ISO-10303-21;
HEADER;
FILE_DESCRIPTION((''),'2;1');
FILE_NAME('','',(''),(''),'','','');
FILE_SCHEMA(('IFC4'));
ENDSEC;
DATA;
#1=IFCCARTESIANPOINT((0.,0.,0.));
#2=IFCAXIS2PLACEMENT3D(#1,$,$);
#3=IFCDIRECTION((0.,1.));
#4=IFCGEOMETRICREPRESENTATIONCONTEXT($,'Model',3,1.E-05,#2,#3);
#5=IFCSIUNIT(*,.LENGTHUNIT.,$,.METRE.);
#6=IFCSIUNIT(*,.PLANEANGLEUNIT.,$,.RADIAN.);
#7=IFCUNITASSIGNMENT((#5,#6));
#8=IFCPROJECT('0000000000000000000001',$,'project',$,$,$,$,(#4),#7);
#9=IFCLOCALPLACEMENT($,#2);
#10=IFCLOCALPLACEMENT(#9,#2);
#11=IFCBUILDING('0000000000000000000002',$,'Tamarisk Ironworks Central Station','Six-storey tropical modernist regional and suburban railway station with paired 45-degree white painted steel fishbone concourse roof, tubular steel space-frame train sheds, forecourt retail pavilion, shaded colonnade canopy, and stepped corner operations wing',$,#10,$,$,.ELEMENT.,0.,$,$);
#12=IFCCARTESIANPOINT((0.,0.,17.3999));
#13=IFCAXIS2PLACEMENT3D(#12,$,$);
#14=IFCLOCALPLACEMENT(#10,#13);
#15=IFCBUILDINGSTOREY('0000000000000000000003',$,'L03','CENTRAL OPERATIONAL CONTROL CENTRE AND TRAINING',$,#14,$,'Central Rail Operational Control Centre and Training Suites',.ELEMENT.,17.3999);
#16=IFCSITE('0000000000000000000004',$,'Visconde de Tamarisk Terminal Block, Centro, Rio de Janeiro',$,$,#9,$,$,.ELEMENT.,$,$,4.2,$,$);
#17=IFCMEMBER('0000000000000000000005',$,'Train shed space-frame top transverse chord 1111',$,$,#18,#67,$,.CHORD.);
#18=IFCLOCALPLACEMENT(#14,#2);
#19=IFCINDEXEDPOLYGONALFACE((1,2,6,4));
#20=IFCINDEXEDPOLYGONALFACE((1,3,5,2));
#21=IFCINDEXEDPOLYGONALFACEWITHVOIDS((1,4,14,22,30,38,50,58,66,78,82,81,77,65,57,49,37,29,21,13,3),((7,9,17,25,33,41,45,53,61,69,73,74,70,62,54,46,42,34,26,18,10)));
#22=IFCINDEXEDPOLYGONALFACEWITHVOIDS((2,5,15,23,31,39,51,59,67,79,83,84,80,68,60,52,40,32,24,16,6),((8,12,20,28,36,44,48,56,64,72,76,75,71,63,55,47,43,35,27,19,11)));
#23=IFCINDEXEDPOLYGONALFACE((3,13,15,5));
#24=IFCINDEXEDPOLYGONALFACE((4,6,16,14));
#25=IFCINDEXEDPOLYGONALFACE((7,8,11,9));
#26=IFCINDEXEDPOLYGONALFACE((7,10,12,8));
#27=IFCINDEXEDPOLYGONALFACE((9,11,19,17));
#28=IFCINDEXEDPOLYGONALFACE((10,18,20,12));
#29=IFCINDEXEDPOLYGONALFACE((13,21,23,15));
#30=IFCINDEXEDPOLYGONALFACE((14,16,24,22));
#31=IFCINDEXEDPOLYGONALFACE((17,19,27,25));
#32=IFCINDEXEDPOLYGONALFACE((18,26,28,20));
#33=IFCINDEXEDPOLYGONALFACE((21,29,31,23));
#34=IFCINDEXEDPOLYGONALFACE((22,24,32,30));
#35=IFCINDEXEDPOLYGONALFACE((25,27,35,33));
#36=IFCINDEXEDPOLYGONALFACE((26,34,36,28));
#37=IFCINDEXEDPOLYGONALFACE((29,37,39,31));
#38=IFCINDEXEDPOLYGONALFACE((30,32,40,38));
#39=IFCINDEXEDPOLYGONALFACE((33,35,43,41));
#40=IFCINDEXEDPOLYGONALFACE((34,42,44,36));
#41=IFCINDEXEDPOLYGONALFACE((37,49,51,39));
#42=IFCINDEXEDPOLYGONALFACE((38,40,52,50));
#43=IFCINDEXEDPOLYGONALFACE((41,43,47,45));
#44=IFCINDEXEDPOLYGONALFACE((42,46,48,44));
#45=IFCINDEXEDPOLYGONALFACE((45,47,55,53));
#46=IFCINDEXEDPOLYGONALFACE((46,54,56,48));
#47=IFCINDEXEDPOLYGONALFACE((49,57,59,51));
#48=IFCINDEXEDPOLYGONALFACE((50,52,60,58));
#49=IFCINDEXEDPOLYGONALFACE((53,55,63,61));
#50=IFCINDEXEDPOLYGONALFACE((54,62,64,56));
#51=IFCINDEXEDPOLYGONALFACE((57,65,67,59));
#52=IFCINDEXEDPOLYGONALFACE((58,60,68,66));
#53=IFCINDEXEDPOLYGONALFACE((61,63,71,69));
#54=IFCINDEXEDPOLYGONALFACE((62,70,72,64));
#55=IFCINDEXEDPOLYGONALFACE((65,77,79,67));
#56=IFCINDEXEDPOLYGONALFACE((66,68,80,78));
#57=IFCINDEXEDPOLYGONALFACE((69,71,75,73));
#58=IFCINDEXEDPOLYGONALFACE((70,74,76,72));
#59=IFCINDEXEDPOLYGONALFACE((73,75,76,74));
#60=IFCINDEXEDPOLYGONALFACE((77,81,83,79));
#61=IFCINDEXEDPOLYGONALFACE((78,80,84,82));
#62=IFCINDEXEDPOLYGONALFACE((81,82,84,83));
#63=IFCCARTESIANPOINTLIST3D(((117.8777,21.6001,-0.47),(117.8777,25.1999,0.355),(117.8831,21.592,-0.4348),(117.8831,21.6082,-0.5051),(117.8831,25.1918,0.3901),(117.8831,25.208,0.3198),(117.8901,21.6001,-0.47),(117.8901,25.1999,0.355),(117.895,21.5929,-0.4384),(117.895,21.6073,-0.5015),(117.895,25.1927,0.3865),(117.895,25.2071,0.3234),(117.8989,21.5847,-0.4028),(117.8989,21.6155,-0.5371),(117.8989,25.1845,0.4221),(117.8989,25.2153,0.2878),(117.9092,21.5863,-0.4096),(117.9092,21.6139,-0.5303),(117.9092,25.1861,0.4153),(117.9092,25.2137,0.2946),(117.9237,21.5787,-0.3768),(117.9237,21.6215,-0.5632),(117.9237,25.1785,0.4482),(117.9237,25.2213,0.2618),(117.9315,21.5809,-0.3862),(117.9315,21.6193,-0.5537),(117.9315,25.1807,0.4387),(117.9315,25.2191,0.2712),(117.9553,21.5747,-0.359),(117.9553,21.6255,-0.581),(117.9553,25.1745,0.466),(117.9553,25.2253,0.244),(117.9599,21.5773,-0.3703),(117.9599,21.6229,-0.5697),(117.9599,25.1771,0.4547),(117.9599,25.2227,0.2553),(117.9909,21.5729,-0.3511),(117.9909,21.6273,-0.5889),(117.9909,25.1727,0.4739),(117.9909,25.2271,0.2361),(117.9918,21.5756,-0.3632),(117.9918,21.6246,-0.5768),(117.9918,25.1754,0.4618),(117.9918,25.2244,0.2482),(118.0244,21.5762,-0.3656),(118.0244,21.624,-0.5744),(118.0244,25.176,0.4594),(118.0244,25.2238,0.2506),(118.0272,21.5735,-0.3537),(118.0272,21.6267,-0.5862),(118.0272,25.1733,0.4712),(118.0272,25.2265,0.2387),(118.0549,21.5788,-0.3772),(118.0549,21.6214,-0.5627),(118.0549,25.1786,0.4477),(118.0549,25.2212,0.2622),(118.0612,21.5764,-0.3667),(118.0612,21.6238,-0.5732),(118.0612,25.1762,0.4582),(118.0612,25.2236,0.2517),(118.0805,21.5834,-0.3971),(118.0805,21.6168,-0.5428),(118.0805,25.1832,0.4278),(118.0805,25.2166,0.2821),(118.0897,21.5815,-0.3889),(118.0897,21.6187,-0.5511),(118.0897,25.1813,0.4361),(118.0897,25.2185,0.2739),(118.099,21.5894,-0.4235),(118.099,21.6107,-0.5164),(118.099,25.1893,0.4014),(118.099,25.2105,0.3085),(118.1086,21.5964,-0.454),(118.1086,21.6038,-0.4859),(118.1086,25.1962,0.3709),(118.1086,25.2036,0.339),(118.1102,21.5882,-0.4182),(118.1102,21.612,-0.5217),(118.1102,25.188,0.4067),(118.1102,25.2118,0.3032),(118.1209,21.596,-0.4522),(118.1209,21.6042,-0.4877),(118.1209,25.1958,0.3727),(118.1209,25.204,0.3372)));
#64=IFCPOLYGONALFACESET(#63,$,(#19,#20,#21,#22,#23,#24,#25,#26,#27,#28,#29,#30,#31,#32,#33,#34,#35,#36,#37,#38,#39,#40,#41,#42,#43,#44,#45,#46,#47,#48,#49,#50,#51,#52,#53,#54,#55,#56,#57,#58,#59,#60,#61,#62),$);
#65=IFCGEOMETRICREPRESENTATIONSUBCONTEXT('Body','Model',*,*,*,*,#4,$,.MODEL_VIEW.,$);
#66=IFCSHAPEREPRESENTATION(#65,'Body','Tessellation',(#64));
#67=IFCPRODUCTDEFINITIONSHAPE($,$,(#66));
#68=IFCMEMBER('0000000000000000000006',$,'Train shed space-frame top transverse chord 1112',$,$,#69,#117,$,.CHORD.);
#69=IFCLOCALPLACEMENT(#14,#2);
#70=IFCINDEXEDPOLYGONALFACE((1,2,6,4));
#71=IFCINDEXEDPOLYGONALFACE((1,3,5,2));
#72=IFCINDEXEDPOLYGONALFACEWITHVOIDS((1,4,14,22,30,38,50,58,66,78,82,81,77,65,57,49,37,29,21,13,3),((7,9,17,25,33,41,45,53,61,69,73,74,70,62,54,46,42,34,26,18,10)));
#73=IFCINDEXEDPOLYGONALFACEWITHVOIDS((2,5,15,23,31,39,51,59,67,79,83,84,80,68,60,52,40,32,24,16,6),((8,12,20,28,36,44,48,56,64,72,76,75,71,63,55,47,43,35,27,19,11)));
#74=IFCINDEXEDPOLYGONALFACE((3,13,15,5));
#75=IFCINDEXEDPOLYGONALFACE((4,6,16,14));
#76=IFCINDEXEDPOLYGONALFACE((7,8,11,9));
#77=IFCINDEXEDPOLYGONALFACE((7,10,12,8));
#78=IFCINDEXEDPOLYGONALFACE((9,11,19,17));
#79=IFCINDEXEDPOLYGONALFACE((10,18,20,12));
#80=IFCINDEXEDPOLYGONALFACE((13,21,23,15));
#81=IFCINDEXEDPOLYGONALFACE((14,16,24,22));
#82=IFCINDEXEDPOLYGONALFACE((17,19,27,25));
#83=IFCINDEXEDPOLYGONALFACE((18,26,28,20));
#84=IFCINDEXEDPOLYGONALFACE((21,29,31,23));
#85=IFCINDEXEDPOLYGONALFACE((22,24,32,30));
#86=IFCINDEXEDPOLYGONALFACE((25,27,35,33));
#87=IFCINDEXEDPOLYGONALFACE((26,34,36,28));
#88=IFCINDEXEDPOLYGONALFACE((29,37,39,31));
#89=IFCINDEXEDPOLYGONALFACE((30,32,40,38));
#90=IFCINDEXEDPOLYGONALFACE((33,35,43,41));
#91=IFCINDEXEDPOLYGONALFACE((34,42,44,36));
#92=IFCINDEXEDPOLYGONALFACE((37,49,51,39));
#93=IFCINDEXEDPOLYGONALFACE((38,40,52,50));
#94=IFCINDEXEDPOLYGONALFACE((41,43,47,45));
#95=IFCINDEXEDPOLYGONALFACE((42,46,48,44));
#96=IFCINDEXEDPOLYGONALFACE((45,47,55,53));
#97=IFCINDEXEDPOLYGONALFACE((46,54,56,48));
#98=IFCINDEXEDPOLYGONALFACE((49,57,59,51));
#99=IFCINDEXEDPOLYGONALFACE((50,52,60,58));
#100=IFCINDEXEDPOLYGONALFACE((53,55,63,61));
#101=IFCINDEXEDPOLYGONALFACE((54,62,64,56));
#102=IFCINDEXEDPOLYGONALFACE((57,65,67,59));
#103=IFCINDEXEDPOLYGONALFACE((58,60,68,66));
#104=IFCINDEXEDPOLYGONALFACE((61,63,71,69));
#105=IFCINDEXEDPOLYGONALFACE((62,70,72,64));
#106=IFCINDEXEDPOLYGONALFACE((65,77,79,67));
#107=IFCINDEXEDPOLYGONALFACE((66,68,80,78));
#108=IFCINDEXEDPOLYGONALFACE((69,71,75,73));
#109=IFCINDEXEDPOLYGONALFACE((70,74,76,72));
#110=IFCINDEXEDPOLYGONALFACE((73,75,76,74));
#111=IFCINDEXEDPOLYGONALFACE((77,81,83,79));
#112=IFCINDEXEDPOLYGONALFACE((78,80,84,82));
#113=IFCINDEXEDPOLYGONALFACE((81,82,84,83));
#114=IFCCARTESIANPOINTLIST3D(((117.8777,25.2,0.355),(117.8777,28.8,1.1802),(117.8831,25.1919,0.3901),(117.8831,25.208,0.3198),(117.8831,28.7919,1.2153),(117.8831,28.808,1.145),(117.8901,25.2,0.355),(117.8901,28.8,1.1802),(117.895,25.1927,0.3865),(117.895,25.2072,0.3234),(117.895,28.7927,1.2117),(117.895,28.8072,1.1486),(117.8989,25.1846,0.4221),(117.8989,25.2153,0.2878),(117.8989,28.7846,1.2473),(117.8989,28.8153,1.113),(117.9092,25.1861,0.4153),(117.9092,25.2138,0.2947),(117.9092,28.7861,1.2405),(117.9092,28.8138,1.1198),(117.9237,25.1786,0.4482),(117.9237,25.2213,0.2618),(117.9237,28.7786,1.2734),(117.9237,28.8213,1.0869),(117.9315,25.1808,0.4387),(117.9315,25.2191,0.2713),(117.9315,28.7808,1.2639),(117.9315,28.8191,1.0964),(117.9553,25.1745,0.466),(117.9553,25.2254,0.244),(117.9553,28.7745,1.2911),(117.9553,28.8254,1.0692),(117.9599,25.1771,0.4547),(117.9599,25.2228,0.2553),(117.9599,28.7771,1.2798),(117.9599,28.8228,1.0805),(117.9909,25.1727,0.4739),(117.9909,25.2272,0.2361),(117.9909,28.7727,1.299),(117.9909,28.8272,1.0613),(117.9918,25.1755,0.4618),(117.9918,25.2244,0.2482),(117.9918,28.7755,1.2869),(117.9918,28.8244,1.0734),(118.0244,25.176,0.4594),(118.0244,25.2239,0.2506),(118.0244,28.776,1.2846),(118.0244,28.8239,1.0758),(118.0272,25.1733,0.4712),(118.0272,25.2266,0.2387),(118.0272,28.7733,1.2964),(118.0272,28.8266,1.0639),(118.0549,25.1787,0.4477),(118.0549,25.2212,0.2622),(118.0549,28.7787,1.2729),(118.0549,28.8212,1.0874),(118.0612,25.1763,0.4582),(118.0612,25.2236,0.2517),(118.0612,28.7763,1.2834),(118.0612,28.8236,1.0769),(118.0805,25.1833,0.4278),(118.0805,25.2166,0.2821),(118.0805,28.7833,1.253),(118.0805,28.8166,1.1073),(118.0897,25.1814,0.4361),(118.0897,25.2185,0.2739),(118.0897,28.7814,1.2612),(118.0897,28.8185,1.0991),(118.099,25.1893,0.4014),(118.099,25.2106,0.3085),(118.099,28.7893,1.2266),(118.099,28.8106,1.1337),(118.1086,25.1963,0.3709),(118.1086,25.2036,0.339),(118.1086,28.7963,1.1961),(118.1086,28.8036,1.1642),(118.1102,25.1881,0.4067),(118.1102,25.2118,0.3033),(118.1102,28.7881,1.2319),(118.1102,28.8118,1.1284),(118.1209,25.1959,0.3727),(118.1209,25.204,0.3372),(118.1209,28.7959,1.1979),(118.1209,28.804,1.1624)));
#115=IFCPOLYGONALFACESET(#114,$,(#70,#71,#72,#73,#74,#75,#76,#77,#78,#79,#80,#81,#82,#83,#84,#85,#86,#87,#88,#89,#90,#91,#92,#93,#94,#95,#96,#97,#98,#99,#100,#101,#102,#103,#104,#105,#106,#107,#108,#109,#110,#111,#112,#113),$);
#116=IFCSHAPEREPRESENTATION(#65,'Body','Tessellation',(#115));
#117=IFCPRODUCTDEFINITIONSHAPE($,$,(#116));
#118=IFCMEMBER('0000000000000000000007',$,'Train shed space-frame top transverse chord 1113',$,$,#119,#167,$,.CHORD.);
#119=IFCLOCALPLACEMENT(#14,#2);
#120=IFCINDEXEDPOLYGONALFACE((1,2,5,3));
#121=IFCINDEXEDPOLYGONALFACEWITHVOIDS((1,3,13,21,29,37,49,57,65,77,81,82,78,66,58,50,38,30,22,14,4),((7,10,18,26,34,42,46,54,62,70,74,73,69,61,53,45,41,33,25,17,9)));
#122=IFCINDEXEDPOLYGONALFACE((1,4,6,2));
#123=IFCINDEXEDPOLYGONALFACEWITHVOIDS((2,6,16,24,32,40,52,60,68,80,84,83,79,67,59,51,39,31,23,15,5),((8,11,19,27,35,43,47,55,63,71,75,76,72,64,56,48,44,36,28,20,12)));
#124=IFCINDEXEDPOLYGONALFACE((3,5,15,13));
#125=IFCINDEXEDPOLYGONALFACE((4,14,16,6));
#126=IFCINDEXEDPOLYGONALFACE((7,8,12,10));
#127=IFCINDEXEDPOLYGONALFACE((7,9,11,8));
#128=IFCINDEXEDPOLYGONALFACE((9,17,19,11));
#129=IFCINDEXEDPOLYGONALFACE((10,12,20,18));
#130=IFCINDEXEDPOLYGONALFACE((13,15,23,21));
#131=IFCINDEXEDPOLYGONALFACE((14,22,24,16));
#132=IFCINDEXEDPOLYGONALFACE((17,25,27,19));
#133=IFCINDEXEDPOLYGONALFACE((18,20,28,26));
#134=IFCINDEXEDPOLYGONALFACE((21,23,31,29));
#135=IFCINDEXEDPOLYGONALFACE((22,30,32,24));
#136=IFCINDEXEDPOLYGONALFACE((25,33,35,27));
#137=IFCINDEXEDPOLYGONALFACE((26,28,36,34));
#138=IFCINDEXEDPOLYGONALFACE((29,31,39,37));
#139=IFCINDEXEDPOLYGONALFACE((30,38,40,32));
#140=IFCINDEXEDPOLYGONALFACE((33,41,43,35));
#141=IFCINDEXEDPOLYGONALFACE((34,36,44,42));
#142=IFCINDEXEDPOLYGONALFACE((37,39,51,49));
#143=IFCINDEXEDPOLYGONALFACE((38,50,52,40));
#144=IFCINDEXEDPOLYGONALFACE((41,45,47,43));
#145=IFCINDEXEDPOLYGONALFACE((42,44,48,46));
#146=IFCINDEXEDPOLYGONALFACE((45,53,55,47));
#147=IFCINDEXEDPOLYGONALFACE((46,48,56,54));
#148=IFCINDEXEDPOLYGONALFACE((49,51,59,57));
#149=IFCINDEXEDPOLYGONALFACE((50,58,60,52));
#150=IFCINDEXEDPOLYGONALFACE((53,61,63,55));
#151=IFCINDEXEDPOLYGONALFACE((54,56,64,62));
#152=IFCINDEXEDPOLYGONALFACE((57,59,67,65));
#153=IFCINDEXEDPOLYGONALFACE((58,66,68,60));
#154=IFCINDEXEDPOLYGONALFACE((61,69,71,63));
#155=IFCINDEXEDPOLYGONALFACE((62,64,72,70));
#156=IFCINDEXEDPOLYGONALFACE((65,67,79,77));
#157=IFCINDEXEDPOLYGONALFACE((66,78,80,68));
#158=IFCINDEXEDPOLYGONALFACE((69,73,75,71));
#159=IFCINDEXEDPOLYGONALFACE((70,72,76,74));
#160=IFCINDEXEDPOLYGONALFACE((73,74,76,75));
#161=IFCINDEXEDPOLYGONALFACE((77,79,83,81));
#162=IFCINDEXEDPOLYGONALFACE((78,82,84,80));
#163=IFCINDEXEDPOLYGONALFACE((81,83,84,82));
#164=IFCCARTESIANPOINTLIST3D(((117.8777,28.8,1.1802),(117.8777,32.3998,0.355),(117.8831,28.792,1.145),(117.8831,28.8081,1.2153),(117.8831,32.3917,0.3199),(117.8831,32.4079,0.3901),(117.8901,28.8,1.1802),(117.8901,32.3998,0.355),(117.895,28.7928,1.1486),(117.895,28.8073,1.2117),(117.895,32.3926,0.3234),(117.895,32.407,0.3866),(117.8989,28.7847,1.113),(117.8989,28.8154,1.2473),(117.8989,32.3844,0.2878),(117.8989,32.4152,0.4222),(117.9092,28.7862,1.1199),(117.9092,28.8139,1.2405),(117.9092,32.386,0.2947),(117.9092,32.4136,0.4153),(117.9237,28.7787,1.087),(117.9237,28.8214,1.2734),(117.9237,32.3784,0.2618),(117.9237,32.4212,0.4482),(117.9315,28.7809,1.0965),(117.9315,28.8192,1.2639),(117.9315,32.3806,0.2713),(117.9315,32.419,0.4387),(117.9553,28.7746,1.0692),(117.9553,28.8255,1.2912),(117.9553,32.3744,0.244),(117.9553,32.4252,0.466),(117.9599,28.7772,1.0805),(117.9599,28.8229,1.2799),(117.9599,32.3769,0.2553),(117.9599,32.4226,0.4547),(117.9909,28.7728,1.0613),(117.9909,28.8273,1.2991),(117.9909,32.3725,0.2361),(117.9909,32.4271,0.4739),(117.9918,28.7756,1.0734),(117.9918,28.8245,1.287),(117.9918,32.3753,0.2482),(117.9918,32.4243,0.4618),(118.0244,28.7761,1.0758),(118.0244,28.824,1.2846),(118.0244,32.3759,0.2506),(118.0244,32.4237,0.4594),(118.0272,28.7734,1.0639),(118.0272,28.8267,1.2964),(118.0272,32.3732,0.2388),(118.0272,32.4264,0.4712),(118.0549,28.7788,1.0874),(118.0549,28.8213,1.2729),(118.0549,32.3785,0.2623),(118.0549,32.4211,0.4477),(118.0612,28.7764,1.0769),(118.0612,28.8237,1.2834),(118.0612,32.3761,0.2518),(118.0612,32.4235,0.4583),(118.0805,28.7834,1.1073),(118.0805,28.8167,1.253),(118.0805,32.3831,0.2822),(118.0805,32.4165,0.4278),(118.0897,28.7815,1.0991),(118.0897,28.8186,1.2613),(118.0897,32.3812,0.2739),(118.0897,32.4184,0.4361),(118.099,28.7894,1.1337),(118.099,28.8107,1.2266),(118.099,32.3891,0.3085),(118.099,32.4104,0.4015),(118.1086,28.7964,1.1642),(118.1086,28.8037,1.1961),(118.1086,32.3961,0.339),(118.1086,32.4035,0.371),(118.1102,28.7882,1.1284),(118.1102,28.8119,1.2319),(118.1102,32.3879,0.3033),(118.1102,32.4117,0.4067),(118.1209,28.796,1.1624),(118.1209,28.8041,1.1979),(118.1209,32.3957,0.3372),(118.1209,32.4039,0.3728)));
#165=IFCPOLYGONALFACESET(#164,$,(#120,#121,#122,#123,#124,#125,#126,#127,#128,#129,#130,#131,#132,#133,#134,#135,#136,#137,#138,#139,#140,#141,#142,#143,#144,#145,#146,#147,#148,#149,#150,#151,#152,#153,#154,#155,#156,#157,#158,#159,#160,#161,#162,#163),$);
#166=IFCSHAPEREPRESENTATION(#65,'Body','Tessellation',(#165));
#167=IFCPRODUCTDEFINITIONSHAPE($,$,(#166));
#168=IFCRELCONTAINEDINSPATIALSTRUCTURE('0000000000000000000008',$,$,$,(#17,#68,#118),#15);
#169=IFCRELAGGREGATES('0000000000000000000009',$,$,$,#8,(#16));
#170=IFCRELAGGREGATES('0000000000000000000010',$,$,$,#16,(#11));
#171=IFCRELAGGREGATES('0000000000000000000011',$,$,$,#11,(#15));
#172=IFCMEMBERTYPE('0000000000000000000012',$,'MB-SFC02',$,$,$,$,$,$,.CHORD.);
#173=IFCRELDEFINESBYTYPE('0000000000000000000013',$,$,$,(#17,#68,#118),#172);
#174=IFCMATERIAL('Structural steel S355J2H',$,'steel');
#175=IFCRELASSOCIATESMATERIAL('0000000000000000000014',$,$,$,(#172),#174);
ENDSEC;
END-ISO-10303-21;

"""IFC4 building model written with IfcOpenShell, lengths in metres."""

from ifc_helpers import new_model, si_unit, direction, frame, origin, origin_2d, place, context, subcontext, project, spatial, hollow_circle, extrude, material, material_profile, profile_set, type_object, element, save


model = new_model("IFC4")

# Units and contexts
model_context = context("Model", 3, precision=1e-05, world=origin(), true_north=direction((0.0, 1.0)))
body_context = subcontext(model_context, "Body", "Model", "MODEL_VIEW")
ifc_project = project(units=[si_unit("LENGTHUNIT", "METRE"), si_unit("PLANEANGLEUNIT", "RADIAN")], contexts=[model_context])

# Site, building, storey
site_placement = place(None, origin())
site = spatial("IfcSite", under=ifc_project, at=site_placement, Name="Visconde de Tamarisk Terminal Block, Centro, Rio de Janeiro", CompositionType="ELEMENT", RefElevation=4.2)
building_placement = place(site_placement, origin())
building = spatial("IfcBuilding", under=site, at=building_placement, Name="Tamarisk Ironworks Central Station", Description="Six-storey tropical modernist regional and suburban railway station with paired 45-degree white painted steel fishbone concourse roof, tubular steel space-frame train sheds, forecourt retail pavilion, shaded colonnade canopy, and stepped corner operations wing", CompositionType="ELEMENT", ElevationOfRefHeight=0.0)
storey_placement = place(building_placement, frame((0.0, 0.0, 17.3999)))
storey = spatial("IfcBuildingStorey", under=building, at=storey_placement, Name="L03", Description="CENTRAL OPERATIONAL CONTROL CENTRE AND TRAINING", LongName="Central Rail Operational Control Centre and Training Suites", CompositionType="ELEMENT", Elevation=17.3999)

# Members
ifc_material_1 = material(Name="Structural steel S355J2H", Category="steel")
ifc_material_profile_1 = material_profile(ifc_material_1, hollow_circle(Radius=0.1223, WallThickness=0.0125, at=origin_2d()), Name="CHS 244.5x12.5")
ifc_profile_set_1 = profile_set([ifc_material_profile_1], Name="Structural steel S355J2H")
member_type_1 = type_object("IfcMemberType", Name="MB-SFC02", PredefinedType="CHORD", material=ifc_profile_set_1)
member_1_placement = place(storey_placement, frame((118.0, 21.6001, -0.47), z_axis=(0.0, 0.974733, 0.223372), x_axis=(-1.0, 0.0, 0.0)))
element("IfcMember", 1, at=member_1_placement, inside=storey, type_object=member_type_1, Name="Train shed space-frame top transverse chord 1111", PredefinedType="CHORD", context=body_context, shape_type="SweptSolid", body=[
    extrude(hollow_circle(Radius=0.1223, WallThickness=0.0125, at=origin_2d()), origin(), (0.0, 0.0, 1.0), 3.6931),
])
member_2_placement = place(storey_placement, frame((118.0, 25.2, 0.355), z_axis=(0.0, 0.974722, 0.223421), x_axis=(-1.0, 0.0, 0.0)))
element("IfcMember", 2, at=member_2_placement, inside=storey, type_object=member_type_1, Name="Train shed space-frame top transverse chord 1112", PredefinedType="CHORD", context=body_context, shape_type="SweptSolid", body=[
    extrude(hollow_circle(Radius=0.1223, WallThickness=0.0125, at=origin_2d()), origin(), (0.0, 0.0, 1.0), 3.6934),
])
for number, where, z_axis, x_axis, name in (
    (3, (118.0, 28.8, 1.1802), (0.0, 0.974719, -0.223435), (-1.0, 0.0, 0.0), "Train shed space-frame top transverse chord 1113"),
):
    element("IfcMember", number, at=place(storey_placement, frame(where, z_axis=z_axis, x_axis=x_axis)), inside=storey, type_object=member_type_1, Name=name, PredefinedType="CHORD", context=body_context, shape_type="SweptSolid", body=[
        extrude(hollow_circle(Radius=0.1223, WallThickness=0.0125, at=origin_2d()), origin(), (0.0, 0.0, 1.0), 3.6931),
    ])

save(model, "model.ifc")
